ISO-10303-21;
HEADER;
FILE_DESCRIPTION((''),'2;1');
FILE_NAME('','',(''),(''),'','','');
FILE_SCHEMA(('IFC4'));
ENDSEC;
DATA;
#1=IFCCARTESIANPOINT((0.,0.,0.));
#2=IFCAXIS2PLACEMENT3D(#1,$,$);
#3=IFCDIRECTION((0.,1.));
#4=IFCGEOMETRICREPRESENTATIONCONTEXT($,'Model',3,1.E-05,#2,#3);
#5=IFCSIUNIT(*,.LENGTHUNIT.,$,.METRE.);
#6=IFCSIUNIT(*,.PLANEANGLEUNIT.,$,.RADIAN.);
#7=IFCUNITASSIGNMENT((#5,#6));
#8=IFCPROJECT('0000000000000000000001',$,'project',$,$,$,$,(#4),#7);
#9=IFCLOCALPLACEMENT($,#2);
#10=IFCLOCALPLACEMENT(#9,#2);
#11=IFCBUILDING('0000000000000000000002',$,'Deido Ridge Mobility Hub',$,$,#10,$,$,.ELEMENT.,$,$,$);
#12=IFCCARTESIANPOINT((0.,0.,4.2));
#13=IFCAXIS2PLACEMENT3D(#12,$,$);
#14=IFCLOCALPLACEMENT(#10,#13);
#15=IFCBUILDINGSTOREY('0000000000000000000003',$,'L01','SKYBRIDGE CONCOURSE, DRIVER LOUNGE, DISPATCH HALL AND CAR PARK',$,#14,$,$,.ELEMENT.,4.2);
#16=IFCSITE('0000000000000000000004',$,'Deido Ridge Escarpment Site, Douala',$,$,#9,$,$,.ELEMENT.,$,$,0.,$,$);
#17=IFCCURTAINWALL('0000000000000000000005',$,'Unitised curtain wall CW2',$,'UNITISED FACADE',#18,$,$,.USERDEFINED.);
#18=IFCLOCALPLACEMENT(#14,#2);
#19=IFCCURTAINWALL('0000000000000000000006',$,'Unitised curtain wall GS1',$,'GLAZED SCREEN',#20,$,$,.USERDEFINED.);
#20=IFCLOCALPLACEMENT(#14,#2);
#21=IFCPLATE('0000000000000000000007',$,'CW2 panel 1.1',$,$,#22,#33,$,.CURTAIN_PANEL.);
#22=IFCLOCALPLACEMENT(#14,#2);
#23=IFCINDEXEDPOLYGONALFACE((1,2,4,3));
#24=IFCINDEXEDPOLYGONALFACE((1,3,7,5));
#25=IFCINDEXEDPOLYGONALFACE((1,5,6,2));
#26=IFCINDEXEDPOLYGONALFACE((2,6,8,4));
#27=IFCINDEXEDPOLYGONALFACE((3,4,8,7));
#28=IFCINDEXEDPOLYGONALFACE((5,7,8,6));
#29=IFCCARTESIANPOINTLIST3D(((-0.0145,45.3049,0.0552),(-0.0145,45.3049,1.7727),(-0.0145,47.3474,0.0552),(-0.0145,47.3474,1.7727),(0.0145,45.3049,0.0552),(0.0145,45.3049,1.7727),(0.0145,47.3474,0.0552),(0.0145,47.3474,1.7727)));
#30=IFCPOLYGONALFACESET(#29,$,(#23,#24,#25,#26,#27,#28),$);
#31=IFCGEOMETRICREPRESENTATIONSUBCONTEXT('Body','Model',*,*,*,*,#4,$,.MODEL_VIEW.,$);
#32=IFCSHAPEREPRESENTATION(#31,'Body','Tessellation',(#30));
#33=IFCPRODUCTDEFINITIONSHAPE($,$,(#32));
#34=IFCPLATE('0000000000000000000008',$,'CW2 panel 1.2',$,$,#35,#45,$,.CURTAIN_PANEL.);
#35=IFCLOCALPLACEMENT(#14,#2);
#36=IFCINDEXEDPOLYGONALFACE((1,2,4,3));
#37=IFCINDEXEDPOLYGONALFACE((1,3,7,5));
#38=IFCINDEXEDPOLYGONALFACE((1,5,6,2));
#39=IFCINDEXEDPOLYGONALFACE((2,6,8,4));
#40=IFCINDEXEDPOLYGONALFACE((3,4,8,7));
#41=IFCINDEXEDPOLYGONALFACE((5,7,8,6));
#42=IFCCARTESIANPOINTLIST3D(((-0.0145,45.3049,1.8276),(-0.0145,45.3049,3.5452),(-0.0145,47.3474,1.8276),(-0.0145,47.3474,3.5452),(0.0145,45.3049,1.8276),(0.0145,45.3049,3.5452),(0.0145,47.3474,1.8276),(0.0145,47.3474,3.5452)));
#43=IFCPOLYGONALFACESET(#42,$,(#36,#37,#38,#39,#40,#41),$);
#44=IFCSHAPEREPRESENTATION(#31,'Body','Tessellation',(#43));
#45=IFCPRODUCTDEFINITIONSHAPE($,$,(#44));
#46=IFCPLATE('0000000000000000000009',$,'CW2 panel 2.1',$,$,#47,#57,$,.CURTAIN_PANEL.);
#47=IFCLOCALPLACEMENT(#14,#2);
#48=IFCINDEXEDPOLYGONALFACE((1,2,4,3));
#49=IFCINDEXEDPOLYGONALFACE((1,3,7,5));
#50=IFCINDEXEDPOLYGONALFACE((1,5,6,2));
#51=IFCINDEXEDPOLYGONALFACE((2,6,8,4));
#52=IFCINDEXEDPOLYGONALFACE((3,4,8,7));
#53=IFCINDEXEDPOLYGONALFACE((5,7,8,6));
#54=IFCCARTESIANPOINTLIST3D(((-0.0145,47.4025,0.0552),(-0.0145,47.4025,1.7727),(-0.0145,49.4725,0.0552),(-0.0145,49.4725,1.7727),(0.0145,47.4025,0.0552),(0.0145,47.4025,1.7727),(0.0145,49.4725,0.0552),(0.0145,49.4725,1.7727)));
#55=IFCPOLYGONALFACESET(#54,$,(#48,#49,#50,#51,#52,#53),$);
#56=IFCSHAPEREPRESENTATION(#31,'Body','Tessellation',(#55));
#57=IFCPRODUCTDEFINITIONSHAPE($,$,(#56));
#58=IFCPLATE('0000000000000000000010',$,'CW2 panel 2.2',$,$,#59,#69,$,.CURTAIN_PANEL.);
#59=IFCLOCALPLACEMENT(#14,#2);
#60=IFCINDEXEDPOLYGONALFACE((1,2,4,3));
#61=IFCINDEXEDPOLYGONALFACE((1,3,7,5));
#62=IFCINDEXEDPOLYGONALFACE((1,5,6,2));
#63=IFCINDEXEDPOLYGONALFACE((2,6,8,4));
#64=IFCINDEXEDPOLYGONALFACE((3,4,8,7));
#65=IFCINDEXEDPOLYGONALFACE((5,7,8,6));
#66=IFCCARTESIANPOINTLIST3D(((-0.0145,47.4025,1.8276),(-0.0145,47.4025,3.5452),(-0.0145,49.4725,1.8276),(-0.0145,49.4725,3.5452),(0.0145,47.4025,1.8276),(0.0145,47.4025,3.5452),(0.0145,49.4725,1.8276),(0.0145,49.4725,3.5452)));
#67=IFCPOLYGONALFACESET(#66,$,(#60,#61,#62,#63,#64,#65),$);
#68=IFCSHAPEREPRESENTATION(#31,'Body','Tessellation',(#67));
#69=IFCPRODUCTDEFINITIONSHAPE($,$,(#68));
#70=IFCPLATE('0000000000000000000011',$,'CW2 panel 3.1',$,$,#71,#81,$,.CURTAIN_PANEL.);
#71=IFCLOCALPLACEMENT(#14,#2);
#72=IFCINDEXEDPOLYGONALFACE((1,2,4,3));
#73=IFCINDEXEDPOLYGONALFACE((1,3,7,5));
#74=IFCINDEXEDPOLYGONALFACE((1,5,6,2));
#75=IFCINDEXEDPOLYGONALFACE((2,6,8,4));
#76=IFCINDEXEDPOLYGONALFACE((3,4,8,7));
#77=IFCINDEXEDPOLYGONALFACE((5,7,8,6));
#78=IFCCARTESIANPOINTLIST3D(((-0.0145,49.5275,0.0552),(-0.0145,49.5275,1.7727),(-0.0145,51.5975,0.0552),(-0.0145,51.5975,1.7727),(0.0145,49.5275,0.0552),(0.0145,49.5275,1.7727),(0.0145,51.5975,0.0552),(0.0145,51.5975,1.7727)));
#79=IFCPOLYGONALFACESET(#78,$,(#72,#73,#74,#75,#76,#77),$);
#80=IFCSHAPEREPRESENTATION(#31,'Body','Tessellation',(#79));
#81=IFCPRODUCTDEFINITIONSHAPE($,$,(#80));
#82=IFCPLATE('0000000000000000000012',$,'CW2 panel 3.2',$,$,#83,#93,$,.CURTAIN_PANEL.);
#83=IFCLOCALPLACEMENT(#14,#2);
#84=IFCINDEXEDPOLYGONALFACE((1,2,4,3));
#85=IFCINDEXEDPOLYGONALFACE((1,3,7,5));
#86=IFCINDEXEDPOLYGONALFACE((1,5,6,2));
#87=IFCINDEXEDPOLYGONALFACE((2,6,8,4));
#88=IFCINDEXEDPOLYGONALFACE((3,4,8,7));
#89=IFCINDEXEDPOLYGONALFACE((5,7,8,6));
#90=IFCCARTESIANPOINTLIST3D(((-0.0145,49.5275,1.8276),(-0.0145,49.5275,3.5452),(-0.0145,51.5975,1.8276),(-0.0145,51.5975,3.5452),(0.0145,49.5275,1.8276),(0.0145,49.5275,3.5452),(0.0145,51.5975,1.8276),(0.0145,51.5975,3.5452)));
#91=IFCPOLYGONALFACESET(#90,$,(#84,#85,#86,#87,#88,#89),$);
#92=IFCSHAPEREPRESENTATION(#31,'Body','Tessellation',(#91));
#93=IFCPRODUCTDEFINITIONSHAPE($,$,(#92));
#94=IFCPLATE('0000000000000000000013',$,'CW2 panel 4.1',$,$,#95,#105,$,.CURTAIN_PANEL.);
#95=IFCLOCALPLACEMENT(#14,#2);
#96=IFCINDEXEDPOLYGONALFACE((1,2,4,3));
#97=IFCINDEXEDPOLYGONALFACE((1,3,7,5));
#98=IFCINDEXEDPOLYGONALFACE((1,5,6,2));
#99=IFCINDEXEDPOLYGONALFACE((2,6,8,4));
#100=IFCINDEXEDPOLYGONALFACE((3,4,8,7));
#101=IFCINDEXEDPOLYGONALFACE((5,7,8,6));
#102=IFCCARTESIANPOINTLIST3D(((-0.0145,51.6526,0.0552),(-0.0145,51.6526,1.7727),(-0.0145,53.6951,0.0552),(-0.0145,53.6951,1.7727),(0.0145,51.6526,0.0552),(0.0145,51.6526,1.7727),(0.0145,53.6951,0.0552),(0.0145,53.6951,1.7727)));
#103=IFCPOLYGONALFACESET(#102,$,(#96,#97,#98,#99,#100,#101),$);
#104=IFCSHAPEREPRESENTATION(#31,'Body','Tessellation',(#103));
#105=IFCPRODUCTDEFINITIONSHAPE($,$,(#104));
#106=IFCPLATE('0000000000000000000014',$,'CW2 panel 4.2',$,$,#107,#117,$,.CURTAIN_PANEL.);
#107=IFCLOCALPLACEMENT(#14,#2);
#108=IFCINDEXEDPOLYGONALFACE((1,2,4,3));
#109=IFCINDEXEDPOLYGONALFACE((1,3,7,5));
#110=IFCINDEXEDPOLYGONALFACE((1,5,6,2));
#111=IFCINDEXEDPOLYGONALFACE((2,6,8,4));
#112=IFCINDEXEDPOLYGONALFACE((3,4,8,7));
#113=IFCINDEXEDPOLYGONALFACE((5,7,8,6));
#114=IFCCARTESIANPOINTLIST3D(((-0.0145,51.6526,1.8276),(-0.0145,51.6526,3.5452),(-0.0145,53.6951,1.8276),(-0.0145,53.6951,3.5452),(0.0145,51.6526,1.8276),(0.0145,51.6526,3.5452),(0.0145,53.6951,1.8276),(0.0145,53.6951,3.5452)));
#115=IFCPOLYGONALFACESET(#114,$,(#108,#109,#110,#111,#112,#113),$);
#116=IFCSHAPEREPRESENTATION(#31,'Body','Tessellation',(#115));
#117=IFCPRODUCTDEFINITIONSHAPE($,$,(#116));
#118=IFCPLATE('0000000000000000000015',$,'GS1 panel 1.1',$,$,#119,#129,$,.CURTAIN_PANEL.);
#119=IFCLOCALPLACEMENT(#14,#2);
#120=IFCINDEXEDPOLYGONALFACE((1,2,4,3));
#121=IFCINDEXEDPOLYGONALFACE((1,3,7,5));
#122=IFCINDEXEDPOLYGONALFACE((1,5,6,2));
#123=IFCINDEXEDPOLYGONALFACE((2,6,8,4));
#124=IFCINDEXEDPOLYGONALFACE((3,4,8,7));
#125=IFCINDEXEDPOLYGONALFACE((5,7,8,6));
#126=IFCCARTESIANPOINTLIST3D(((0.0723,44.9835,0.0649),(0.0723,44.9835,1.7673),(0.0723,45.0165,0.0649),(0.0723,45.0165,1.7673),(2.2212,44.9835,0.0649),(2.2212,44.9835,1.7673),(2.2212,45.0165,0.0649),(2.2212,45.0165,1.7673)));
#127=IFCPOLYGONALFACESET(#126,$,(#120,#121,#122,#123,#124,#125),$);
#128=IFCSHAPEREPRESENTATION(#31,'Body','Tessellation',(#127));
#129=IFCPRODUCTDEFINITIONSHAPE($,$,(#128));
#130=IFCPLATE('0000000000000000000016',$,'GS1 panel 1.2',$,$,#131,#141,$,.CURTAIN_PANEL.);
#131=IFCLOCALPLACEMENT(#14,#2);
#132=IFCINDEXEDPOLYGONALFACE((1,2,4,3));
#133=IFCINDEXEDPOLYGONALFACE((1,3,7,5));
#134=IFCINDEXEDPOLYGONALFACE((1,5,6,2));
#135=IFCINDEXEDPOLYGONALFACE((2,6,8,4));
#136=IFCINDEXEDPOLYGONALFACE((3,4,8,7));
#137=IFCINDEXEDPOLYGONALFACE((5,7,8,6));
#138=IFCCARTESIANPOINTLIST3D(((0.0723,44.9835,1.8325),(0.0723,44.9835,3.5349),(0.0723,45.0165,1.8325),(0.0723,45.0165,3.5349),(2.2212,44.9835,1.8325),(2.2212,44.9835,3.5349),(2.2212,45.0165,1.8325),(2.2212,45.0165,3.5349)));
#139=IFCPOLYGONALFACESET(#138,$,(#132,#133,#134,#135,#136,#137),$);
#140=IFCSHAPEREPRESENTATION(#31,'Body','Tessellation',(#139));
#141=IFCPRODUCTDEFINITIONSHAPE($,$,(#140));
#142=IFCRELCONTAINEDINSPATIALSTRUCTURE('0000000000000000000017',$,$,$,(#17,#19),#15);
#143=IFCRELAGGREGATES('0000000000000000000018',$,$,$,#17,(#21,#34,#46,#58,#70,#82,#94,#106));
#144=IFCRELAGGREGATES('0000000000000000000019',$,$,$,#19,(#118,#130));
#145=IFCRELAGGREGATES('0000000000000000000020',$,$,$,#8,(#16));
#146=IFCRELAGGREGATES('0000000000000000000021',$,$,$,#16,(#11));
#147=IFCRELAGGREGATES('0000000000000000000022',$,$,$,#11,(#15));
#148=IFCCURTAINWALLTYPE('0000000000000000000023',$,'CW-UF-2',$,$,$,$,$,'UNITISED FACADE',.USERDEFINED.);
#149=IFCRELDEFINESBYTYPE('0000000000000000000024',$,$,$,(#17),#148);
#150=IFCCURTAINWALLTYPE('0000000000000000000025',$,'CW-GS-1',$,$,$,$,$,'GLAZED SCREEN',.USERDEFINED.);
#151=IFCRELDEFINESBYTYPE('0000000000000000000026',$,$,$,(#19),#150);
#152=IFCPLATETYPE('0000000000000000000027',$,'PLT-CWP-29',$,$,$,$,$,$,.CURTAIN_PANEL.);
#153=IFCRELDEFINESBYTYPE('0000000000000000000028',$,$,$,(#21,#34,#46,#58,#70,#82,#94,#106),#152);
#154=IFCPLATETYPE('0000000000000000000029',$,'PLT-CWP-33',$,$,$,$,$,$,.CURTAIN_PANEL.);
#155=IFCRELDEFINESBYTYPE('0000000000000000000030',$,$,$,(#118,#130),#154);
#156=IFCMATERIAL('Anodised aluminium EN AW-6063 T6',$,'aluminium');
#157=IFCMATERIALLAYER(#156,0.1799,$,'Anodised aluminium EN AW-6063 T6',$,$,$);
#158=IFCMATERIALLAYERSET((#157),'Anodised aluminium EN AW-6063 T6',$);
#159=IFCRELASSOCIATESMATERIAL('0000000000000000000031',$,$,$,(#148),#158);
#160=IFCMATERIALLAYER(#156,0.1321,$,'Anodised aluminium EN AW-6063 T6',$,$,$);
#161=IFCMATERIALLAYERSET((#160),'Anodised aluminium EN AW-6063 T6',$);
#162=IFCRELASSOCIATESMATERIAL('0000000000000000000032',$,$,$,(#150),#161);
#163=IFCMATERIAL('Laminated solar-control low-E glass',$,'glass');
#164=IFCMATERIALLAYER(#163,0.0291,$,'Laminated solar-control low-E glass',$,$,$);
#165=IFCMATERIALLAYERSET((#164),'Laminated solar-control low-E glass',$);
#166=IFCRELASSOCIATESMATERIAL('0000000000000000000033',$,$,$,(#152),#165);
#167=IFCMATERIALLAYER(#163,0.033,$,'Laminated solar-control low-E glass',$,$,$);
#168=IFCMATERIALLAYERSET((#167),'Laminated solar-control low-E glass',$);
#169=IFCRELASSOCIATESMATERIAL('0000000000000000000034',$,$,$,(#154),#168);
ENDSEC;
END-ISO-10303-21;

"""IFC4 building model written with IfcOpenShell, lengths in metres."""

from ifc_helpers import new_model, si_unit, direction, frame, origin, origin_2d, place, context, subcontext, project, spatial, rectangle, extrude, material, layer, layer_set, type_object, element, aggregate, save


model = new_model("IFC4")

# Units and contexts
model_context = context("Model", 3, precision=1e-05, world=origin(), true_north=direction((0.0, 1.0)))
body_context = subcontext(model_context, "Body", "Model", "MODEL_VIEW")
ifc_project = project(units=[si_unit("LENGTHUNIT", "METRE"), si_unit("PLANEANGLEUNIT", "RADIAN")], contexts=[model_context])

# Site, building, storey
site_placement = place(None, origin())
site = spatial("IfcSite", under=ifc_project, at=site_placement, Name="Deido Ridge Escarpment Site, Douala", CompositionType="ELEMENT", RefElevation=0.0)
building_placement = place(site_placement, origin())
building = spatial("IfcBuilding", under=site, at=building_placement, Name="Deido Ridge Mobility Hub", CompositionType="ELEMENT")
storey_placement = place(building_placement, frame((0.0, 0.0, 4.2)))
storey = spatial("IfcBuildingStorey", under=building, at=storey_placement, Name="L01", Description="SKYBRIDGE CONCOURSE, DRIVER LOUNGE, DISPATCH HALL AND CAR PARK", CompositionType="ELEMENT", Elevation=4.2)

# Curtain walls
ifc_material_1 = material(Name="Anodised aluminium EN AW-6063 T6", Category="aluminium")
ifc_layer_1 = layer(ifc_material_1, 0.1799, Name="Anodised aluminium EN AW-6063 T6")
ifc_layer_set_1 = layer_set([ifc_layer_1], Name="Anodised aluminium EN AW-6063 T6")
curtain_wall_type_1 = type_object("IfcCurtainWallType", Name="CW-UF-2", ElementType="UNITISED FACADE", PredefinedType="USERDEFINED", material=ifc_layer_set_1)
curtain_wall_1_placement = place(storey_placement, origin())
curtain_wall_1 = element("IfcCurtainWall", 1, at=curtain_wall_1_placement, inside=storey, type_object=curtain_wall_type_1, Name="Unitised curtain wall CW2", ObjectType="UNITISED FACADE", PredefinedType="USERDEFINED")
ifc_layer_2 = layer(ifc_material_1, 0.1321, Name="Anodised aluminium EN AW-6063 T6")
ifc_layer_set_2 = layer_set([ifc_layer_2], Name="Anodised aluminium EN AW-6063 T6")
curtain_wall_type_2 = type_object("IfcCurtainWallType", Name="CW-GS-1", ElementType="GLAZED SCREEN", PredefinedType="USERDEFINED", material=ifc_layer_set_2)
curtain_wall_2_placement = place(storey_placement, origin())
curtain_wall_2 = element("IfcCurtainWall", 2, at=curtain_wall_2_placement, inside=storey, type_object=curtain_wall_type_2, Name="Unitised curtain wall GS1", ObjectType="GLAZED SCREEN", PredefinedType="USERDEFINED")

# Plates
ifc_material_2 = material(Name="Laminated solar-control low-E glass", Category="glass")
ifc_layer_3 = layer(ifc_material_2, 0.0291, Name="Laminated solar-control low-E glass")
ifc_layer_set_3 = layer_set([ifc_layer_3], Name="Laminated solar-control low-E glass")
plate_type_1 = type_object("IfcPlateType", Name="PLT-CWP-29", PredefinedType="CURTAIN_PANEL", material=ifc_layer_set_3)
plate_1_placement = place(storey_placement, frame((0.0, 46.3262, 0.0552), z_axis=(0.0, 0.0, 1.0), x_axis=(0.0, 1.0, 0.0)))
plate_1 = element("IfcPlate", 3, at=plate_1_placement, type_object=plate_type_1, Name="CW2 panel 1.1", PredefinedType="CURTAIN_PANEL", context=body_context, shape_type="SweptSolid", body=[
    extrude(rectangle(XDim=2.0425, YDim=0.0291, at=origin_2d()), origin(), (0.0, 0.0, 1.0), 1.7175),
])
plate_2_placement = place(storey_placement, frame((0.0, 46.3262, 1.8276), z_axis=(0.0, 0.0, 1.0), x_axis=(0.0, 1.0, 0.0)))
plate_2 = element("IfcPlate", 4, at=plate_2_placement, type_object=plate_type_1, Name="CW2 panel 1.2", PredefinedType="CURTAIN_PANEL", context=body_context, shape_type="SweptSolid", body=[
    extrude(rectangle(XDim=2.0425, YDim=0.0291, at=origin_2d()), origin(), (0.0, 0.0, 1.0), 1.7175),
])
plate_3_placement = place(storey_placement, frame((0.0, 48.4375, 0.0552), z_axis=(0.0, 0.0, 1.0), x_axis=(0.0, 1.0, 0.0)))
plate_3 = element("IfcPlate", 5, at=plate_3_placement, type_object=plate_type_1, Name="CW2 panel 2.1", PredefinedType="CURTAIN_PANEL", context=body_context, shape_type="SweptSolid", body=[
    extrude(rectangle(XDim=2.0701, YDim=0.0291, at=origin_2d()), origin(), (0.0, 0.0, 1.0), 1.7175),
])
plate_4_placement = place(storey_placement, frame((0.0, 48.4375, 1.8276), z_axis=(0.0, 0.0, 1.0), x_axis=(0.0, 1.0, 0.0)))
plate_4 = element("IfcPlate", 6, at=plate_4_placement, type_object=plate_type_1, Name="CW2 panel 2.2", PredefinedType="CURTAIN_PANEL", context=body_context, shape_type="SweptSolid", body=[
    extrude(rectangle(XDim=2.0701, YDim=0.0291, at=origin_2d()), origin(), (0.0, 0.0, 1.0), 1.7175),
])
plate_5_placement = place(storey_placement, frame((0.0, 50.5625, 0.0552), z_axis=(0.0, 0.0, 1.0), x_axis=(0.0, 1.0, 0.0)))
plate_5 = element("IfcPlate", 7, at=plate_5_placement, type_object=plate_type_1, Name="CW2 panel 3.1", PredefinedType="CURTAIN_PANEL", context=body_context, shape_type="SweptSolid", body=[
    extrude(rectangle(XDim=2.0701, YDim=0.0291, at=origin_2d()), origin(), (0.0, 0.0, 1.0), 1.7175),
])
plate_6_placement = place(storey_placement, frame((0.0, 50.5625, 1.8276), z_axis=(0.0, 0.0, 1.0), x_axis=(0.0, 1.0, 0.0)))
plate_6 = element("IfcPlate", 8, at=plate_6_placement, type_object=plate_type_1, Name="CW2 panel 3.2", PredefinedType="CURTAIN_PANEL", context=body_context, shape_type="SweptSolid", body=[
    extrude(rectangle(XDim=2.0701, YDim=0.0291, at=origin_2d()), origin(), (0.0, 0.0, 1.0), 1.7175),
])
plate_7_placement = place(storey_placement, frame((0.0, 52.6738, 0.0552), z_axis=(0.0, 0.0, 1.0), x_axis=(0.0, 1.0, 0.0)))
plate_7 = element("IfcPlate", 9, at=plate_7_placement, type_object=plate_type_1, Name="CW2 panel 4.1", PredefinedType="CURTAIN_PANEL", context=body_context, shape_type="SweptSolid", body=[
    extrude(rectangle(XDim=2.0425, YDim=0.0291, at=origin_2d()), origin(), (0.0, 0.0, 1.0), 1.7175),
])
plate_8_placement = place(storey_placement, frame((0.0, 52.6738, 1.8276), z_axis=(0.0, 0.0, 1.0), x_axis=(0.0, 1.0, 0.0)))
plate_8 = element("IfcPlate", 10, at=plate_8_placement, type_object=plate_type_1, Name="CW2 panel 4.2", PredefinedType="CURTAIN_PANEL", context=body_context, shape_type="SweptSolid", body=[
    extrude(rectangle(XDim=2.0425, YDim=0.0291, at=origin_2d()), origin(), (0.0, 0.0, 1.0), 1.7175),
])
aggregate(curtain_wall_1, [plate_1, plate_2, plate_3, plate_4, plate_5, plate_6, plate_7, plate_8])
ifc_layer_4 = layer(ifc_material_2, 0.033, Name="Laminated solar-control low-E glass")
ifc_layer_set_4 = layer_set([ifc_layer_4], Name="Laminated solar-control low-E glass")
plate_type_2 = type_object("IfcPlateType", Name="PLT-CWP-33", PredefinedType="CURTAIN_PANEL", material=ifc_layer_set_4)
plate_9_placement = place(storey_placement, frame((1.1467, 45.0, 0.0649), z_axis=(0.0, 0.0, 1.0), x_axis=(1.0, 0.0, 0.0)))
plate_9 = element("IfcPlate", 11, at=plate_9_placement, type_object=plate_type_2, Name="GS1 panel 1.1", PredefinedType="CURTAIN_PANEL", context=body_context, shape_type="SweptSolid", body=[
    extrude(rectangle(XDim=2.1489, YDim=0.033, at=origin_2d()), origin(), (0.0, 0.0, 1.0), 1.7024),
])
plate_10_placement = place(storey_placement, frame((1.1467, 45.0, 1.8325), z_axis=(0.0, 0.0, 1.0), x_axis=(1.0, 0.0, 0.0)))
plate_10 = element("IfcPlate", 12, at=plate_10_placement, type_object=plate_type_2, Name="GS1 panel 1.2", PredefinedType="CURTAIN_PANEL", context=body_context, shape_type="SweptSolid", body=[
    extrude(rectangle(XDim=2.1489, YDim=0.033, at=origin_2d()), origin(), (0.0, 0.0, 1.0), 1.7024),
])
aggregate(curtain_wall_2, [plate_9, plate_10])

save(model, "model.ifc")
